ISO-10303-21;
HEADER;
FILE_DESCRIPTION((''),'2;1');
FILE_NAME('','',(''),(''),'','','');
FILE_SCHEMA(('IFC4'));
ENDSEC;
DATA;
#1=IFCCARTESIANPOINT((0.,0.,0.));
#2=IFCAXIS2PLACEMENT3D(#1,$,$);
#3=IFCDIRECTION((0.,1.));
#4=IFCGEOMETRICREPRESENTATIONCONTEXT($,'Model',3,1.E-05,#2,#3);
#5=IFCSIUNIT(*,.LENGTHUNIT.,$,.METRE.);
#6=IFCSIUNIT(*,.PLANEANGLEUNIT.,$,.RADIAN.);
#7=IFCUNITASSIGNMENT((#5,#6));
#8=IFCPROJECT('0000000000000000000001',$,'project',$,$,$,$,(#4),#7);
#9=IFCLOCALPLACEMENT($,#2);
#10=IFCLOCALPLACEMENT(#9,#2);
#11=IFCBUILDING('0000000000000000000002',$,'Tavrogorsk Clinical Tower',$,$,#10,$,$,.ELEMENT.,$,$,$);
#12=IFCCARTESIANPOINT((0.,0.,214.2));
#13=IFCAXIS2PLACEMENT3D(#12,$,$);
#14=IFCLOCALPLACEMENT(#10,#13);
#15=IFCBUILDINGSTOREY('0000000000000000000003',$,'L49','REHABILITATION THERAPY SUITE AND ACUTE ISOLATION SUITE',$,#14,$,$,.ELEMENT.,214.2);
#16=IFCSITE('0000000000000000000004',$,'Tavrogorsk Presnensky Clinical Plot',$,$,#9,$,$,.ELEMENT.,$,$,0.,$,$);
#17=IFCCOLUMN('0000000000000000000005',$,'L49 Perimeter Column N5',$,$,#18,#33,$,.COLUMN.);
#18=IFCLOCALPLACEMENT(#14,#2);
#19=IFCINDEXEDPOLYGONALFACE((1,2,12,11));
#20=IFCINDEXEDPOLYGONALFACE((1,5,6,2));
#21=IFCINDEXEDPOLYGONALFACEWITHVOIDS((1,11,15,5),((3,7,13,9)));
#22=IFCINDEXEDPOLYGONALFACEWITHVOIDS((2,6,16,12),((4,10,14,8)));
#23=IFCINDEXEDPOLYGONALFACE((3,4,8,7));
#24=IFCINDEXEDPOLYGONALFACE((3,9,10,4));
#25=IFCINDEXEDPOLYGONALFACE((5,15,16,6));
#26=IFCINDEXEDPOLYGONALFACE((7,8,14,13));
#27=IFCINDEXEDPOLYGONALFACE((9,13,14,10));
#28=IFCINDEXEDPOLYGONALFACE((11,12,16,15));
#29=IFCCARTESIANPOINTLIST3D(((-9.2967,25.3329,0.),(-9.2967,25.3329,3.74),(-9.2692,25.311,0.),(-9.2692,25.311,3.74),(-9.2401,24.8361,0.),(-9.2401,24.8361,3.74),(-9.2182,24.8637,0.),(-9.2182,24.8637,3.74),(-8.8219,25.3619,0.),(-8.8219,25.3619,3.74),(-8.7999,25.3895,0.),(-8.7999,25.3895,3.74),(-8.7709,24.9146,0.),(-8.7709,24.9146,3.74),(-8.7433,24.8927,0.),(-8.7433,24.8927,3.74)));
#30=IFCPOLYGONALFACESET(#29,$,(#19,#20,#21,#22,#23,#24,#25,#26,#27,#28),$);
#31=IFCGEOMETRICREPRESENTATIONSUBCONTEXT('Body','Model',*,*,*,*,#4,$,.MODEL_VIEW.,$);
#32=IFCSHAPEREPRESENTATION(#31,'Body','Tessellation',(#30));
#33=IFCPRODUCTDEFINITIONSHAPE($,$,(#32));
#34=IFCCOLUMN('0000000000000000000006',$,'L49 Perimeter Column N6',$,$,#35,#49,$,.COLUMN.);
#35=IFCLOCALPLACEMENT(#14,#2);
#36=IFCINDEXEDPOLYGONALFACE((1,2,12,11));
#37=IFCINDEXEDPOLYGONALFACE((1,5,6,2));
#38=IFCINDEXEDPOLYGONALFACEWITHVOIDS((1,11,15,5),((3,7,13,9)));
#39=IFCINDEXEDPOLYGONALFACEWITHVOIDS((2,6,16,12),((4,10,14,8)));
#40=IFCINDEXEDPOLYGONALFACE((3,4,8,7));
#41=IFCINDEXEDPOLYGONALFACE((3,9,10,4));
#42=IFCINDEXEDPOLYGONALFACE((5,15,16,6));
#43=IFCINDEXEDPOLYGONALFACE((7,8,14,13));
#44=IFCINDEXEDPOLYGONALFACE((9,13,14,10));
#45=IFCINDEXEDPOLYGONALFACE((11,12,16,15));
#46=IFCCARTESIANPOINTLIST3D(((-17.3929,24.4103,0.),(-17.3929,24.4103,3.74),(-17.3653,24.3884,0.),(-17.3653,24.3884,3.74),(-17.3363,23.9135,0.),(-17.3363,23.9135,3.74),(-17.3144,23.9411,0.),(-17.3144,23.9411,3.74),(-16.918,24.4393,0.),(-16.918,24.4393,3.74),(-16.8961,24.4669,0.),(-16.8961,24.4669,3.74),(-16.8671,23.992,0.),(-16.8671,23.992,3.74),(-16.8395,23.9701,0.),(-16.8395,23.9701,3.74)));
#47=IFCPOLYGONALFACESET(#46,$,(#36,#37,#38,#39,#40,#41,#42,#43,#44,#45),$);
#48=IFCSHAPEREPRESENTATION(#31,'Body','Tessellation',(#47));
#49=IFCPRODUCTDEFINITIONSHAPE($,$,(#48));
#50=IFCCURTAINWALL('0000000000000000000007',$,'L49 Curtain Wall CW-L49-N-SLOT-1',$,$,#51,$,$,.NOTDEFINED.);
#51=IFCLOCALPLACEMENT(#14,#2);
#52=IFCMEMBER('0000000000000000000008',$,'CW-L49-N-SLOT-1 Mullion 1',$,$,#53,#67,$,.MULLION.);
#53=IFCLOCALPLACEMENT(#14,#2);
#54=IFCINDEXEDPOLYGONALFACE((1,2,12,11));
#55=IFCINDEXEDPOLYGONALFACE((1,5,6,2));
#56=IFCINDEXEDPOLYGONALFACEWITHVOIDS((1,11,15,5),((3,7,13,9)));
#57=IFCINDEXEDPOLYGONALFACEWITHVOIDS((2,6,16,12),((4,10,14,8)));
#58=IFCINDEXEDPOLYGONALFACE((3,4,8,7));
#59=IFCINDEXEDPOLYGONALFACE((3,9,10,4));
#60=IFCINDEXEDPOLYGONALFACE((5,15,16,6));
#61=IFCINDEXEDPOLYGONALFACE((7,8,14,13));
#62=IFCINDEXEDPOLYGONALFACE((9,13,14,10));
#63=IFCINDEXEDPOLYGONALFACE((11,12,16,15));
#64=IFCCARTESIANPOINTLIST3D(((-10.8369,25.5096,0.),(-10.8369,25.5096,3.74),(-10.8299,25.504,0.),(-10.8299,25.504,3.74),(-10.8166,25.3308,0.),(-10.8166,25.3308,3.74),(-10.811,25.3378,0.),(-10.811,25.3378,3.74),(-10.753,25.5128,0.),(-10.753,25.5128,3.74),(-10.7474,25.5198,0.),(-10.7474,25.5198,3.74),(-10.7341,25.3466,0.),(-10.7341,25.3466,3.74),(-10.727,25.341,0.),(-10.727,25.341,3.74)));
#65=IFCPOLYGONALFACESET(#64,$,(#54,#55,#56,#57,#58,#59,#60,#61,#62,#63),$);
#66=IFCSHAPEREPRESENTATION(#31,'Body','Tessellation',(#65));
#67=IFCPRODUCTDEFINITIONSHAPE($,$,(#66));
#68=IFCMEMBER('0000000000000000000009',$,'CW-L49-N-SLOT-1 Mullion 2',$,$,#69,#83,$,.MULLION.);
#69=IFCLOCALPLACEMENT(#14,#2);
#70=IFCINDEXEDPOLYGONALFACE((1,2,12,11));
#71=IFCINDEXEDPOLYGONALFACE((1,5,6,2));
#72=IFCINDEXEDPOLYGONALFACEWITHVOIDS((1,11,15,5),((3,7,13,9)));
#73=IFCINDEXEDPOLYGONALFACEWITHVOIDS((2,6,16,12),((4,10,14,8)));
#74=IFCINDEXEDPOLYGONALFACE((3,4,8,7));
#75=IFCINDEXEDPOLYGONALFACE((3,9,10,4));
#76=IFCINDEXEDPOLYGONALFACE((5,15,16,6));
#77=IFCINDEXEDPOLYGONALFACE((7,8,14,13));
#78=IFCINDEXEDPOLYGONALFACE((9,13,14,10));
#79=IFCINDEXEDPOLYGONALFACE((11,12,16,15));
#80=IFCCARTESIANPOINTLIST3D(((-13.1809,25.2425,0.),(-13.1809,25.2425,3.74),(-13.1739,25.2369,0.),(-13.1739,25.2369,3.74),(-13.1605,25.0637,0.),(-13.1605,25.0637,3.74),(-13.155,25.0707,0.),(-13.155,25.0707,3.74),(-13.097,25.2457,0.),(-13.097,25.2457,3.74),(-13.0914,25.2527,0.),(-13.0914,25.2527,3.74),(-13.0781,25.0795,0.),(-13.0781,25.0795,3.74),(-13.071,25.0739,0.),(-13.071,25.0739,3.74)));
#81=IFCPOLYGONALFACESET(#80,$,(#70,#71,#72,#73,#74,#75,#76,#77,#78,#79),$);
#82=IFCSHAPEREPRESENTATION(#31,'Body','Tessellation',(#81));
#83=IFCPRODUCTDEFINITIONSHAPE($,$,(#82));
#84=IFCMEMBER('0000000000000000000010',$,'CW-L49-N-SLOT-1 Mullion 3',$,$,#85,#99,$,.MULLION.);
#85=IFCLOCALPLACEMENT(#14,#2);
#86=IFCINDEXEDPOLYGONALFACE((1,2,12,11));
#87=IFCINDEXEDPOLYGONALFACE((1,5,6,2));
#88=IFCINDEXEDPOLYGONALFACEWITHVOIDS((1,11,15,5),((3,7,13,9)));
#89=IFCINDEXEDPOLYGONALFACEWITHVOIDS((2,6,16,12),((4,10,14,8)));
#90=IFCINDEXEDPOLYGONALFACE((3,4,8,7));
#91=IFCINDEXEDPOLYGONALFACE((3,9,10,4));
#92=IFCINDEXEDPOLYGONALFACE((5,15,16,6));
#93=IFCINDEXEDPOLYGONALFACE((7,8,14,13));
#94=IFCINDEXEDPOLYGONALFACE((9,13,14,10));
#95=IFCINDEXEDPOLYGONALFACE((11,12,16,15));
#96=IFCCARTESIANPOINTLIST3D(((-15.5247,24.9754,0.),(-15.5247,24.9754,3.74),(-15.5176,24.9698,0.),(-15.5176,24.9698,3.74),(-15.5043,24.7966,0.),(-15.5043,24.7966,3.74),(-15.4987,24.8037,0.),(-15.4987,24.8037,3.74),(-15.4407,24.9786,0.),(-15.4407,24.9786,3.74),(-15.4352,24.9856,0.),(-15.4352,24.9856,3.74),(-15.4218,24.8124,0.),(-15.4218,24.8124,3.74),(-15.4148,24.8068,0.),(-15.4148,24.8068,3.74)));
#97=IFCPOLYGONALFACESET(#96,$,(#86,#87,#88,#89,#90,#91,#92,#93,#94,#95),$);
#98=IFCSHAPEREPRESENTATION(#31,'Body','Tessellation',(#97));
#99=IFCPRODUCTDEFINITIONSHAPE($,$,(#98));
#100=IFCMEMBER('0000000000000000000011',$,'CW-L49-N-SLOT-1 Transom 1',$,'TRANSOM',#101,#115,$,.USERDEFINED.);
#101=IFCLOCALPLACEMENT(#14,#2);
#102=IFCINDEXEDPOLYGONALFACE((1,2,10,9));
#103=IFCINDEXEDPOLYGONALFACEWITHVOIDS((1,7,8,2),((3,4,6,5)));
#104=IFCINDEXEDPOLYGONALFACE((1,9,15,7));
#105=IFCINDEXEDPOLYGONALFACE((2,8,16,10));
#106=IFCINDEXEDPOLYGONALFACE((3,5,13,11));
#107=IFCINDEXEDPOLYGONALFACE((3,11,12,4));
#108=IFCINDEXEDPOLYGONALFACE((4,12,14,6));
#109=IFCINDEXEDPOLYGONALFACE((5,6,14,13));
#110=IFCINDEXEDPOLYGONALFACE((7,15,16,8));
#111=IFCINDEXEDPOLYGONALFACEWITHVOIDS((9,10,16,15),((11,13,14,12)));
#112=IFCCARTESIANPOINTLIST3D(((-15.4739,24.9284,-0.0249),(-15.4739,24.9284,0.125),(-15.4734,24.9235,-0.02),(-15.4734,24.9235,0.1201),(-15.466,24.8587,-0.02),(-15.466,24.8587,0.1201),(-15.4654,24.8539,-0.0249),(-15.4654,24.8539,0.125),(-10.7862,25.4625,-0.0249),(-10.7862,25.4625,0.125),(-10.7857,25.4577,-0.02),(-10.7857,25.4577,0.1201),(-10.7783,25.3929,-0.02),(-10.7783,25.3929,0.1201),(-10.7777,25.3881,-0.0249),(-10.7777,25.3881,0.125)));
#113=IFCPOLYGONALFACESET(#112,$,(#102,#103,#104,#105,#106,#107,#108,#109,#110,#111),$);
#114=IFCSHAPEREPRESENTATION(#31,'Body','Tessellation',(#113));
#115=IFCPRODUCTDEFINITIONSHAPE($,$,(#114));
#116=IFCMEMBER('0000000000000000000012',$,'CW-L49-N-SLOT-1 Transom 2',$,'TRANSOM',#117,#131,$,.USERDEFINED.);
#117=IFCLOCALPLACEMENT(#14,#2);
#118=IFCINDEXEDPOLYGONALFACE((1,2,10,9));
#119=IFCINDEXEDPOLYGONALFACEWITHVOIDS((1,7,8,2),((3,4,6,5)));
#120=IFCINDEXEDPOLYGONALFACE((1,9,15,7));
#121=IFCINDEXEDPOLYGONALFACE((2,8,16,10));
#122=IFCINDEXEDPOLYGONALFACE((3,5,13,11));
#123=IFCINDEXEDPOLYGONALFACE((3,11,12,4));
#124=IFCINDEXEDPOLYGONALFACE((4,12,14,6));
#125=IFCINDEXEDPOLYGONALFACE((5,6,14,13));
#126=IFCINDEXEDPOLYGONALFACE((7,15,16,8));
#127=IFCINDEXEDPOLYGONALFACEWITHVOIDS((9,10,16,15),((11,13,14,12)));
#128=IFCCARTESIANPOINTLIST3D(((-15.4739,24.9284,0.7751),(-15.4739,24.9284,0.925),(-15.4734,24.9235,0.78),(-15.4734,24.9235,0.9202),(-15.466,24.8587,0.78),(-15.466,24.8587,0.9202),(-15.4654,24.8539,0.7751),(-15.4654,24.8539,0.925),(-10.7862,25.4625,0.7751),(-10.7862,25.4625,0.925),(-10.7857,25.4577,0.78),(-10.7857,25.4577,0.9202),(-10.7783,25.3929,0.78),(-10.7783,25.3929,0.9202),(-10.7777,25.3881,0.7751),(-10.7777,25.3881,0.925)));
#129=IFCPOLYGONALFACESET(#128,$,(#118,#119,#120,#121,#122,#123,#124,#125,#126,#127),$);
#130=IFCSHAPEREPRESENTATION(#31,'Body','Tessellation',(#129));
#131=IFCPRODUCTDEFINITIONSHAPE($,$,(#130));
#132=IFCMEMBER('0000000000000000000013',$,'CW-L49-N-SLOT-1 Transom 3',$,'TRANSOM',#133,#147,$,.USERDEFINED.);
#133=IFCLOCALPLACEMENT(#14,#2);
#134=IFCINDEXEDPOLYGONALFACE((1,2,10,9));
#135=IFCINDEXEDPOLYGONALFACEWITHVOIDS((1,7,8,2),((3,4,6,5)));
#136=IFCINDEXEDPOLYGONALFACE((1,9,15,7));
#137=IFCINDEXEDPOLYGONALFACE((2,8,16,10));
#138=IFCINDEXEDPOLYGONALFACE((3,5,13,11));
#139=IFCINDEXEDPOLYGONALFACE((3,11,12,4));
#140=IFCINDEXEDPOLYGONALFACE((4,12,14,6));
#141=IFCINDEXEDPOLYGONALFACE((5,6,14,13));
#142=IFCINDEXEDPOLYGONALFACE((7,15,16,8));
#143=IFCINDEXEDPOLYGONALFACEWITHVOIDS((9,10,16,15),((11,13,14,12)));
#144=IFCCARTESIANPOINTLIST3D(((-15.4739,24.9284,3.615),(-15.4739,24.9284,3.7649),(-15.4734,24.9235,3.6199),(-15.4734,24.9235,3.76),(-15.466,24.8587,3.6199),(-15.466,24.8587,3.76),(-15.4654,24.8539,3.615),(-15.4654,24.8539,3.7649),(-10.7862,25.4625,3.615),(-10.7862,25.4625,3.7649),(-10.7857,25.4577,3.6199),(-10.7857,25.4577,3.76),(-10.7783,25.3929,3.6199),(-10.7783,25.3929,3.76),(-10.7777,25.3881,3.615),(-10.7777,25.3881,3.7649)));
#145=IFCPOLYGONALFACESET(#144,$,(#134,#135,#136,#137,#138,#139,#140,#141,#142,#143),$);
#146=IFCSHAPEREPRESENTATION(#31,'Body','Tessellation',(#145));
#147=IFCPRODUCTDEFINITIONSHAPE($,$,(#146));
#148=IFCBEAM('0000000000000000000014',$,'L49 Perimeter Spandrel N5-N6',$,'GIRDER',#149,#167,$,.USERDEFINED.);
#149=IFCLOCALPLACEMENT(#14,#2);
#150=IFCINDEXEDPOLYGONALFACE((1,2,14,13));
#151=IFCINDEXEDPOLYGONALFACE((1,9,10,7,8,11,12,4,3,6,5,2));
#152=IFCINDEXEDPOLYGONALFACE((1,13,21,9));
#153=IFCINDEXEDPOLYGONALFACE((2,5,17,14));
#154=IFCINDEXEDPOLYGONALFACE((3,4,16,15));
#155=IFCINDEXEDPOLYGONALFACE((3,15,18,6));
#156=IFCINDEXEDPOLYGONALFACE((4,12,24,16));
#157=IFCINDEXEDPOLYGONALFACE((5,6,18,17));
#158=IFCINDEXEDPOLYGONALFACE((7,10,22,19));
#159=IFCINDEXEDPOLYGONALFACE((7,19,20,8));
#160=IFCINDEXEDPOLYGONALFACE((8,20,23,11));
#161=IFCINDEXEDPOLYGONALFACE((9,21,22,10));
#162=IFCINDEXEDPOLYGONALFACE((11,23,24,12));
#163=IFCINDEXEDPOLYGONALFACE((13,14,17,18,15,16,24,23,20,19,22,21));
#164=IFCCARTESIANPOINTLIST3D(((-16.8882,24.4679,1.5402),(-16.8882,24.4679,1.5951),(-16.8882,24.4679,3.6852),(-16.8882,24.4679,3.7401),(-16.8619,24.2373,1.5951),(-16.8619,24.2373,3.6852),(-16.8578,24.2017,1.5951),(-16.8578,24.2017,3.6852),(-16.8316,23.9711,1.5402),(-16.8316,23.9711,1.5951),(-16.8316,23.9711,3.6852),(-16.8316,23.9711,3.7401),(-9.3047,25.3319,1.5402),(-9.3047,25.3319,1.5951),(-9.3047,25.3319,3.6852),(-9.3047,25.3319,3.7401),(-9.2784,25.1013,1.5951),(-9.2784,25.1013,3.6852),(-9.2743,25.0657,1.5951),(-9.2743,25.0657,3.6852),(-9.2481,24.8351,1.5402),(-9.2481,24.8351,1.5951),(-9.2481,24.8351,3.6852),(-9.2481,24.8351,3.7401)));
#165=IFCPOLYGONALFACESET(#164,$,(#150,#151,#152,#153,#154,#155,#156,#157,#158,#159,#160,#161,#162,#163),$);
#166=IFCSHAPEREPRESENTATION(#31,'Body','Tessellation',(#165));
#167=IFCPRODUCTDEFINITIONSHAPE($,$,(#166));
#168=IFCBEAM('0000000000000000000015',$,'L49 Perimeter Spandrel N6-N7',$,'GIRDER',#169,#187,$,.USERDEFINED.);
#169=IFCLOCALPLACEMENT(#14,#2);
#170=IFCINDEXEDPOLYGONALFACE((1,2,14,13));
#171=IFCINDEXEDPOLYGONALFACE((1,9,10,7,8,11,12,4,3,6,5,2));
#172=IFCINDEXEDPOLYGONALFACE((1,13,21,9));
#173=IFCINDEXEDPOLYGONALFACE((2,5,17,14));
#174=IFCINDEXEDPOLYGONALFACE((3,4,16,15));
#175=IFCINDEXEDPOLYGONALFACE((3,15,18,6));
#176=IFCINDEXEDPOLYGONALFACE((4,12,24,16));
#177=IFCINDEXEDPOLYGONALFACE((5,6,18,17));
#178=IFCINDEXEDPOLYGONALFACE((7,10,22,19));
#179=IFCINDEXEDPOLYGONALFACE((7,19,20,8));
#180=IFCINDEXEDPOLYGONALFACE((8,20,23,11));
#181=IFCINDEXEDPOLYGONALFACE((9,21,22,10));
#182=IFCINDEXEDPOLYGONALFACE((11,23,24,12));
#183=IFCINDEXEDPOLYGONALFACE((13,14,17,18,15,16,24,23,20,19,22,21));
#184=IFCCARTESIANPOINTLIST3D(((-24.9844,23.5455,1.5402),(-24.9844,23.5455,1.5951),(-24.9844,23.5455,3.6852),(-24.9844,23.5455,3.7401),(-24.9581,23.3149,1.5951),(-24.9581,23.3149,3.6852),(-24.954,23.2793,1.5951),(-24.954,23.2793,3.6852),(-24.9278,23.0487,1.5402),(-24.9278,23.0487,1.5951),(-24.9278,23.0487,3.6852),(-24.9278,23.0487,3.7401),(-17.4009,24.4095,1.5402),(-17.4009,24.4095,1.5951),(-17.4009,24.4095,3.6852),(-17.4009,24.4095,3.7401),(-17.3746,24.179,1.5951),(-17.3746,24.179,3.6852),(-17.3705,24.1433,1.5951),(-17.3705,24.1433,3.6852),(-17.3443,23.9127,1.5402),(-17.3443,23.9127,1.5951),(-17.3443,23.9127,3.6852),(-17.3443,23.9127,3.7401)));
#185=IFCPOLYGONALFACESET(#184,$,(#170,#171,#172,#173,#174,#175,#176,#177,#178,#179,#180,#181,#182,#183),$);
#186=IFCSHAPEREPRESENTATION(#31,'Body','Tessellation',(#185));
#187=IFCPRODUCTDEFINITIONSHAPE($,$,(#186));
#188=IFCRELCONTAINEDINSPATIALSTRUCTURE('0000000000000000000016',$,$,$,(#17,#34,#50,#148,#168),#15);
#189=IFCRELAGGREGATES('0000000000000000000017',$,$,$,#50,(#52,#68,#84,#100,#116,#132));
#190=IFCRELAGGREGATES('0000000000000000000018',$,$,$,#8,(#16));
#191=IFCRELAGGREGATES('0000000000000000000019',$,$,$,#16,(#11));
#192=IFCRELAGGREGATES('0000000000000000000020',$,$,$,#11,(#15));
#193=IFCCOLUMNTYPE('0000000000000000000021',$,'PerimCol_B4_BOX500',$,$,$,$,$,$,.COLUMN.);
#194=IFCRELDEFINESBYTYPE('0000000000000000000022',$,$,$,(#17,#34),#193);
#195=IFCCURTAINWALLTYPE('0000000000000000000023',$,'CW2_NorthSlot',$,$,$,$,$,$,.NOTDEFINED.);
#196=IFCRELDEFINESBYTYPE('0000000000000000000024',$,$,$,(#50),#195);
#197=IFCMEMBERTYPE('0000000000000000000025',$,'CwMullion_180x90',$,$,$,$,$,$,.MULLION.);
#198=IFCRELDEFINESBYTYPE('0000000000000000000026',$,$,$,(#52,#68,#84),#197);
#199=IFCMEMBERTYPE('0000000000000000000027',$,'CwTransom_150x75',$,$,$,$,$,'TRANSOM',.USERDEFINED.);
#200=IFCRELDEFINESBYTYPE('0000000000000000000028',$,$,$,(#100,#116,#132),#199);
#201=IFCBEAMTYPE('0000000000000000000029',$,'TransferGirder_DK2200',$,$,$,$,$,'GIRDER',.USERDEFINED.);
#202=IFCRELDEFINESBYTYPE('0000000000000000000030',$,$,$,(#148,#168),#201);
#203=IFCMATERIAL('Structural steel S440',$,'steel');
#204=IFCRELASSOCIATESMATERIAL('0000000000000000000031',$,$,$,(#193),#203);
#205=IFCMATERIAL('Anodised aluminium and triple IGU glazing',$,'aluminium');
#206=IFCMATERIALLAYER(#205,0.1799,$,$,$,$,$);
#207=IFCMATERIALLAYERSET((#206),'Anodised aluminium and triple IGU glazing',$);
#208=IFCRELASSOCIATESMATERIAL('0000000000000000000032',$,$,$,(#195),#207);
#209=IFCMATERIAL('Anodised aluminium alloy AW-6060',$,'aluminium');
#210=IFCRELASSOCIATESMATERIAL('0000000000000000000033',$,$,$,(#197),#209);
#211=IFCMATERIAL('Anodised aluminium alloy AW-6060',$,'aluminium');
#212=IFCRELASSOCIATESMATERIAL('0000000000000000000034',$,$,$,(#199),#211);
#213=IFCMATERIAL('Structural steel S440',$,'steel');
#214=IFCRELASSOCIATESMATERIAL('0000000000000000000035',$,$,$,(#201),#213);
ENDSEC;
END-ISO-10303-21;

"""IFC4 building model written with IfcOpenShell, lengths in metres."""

from ifc_helpers import new_model, si_unit, direction, frame, origin, origin_2d, place, context, subcontext, project, spatial, hollow_rectangle, i_section, extrude, material, layer, layer_set, material_profile, profile_set, type_object, element, aggregate, save


model = new_model("IFC4")

# Units and contexts
model_context = context("Model", 3, precision=1e-05, world=origin(), true_north=direction((0.0, 1.0)))
body_context = subcontext(model_context, "Body", "Model", "MODEL_VIEW")
ifc_project = project(units=[si_unit("LENGTHUNIT", "METRE"), si_unit("PLANEANGLEUNIT", "RADIAN")], contexts=[model_context])

# Site, building, storey
site_placement = place(None, origin())
site = spatial("IfcSite", under=ifc_project, at=site_placement, Name="Tavrogorsk Presnensky Clinical Plot", CompositionType="ELEMENT", RefElevation=0.0)
building_placement = place(site_placement, origin())
building = spatial("IfcBuilding", under=site, at=building_placement, Name="Tavrogorsk Clinical Tower", CompositionType="ELEMENT")
storey_placement = place(building_placement, frame((0.0, 0.0, 214.2)))
storey = spatial("IfcBuildingStorey", under=building, at=storey_placement, Name="L49", Description="REHABILITATION THERAPY SUITE AND ACUTE ISOLATION SUITE", CompositionType="ELEMENT", Elevation=214.2)

# Columns
ifc_material_1 = material(Name="Structural steel S440", Category="steel")
ifc_material_profile_1 = material_profile(ifc_material_1, hollow_rectangle(XDim=0.5, YDim=0.5, WallThickness=0.0249, at=origin_2d()), Name="BOX-500x500x25")
ifc_profile_set_1 = profile_set([ifc_material_profile_1], Name="Structural steel S440")
column_type = type_object("IfcColumnType", Name="PerimCol_B4_BOX500", PredefinedType="COLUMN", material=ifc_profile_set_1)
for number, where, z_axis, x_axis, name in (
    (1, (-9.02, 25.1128, 0.0), (0.0, 0.0, 1.0), (0.993572, 0.113203, 0.0), "L49 Perimeter Column N5"),
    (2, (-17.1162, 24.1902, 0.0), (0.0, 0.0, 1.0), (0.993572, 0.113203, 0.0), "L49 Perimeter Column N6"),
):
    element("IfcColumn", number, at=place(storey_placement, frame(where, z_axis=z_axis, x_axis=x_axis)), inside=storey, type_object=column_type, Name=name, PredefinedType="COLUMN", context=body_context, shape_type="SweptSolid", body=[
        extrude(hollow_rectangle(XDim=0.5, YDim=0.5, WallThickness=0.0249, at=origin_2d()), origin(), (0.0, 0.0, 1.0), 3.74),
    ])

# Curtain wall, members
ifc_material_2 = material(Name="Anodised aluminium and triple IGU glazing", Category="aluminium")
ifc_layer_1 = layer(ifc_material_2, 0.1799)
ifc_layer_set_1 = layer_set([ifc_layer_1], Name="Anodised aluminium and triple IGU glazing")
curtain_wall_type = type_object("IfcCurtainWallType", Name="CW2_NorthSlot", PredefinedType="NOTDEFINED", material=ifc_layer_set_1)
curtain_wall_placement = place(storey_placement, origin())
curtain_wall = element("IfcCurtainWall", 3, at=curtain_wall_placement, inside=storey, type_object=curtain_wall_type, Name="L49 Curtain Wall CW-L49-N-SLOT-1", PredefinedType="NOTDEFINED")
ifc_material_3 = material(Name="Anodised aluminium alloy AW-6060", Category="aluminium")
ifc_material_profile_2 = material_profile(ifc_material_3, hollow_rectangle(XDim=0.0901, YDim=0.1799, WallThickness=0.0063, at=origin_2d()), Name="RHS-180x90x6.3")
ifc_profile_set_2 = profile_set([ifc_material_profile_2], Name="Anodised aluminium alloy AW-6060")
member_type_1 = type_object("IfcMemberType", Name="CwMullion_180x90", PredefinedType="MULLION", material=ifc_profile_set_2)
member_1_placement = place(storey_placement, frame((-10.782, 25.4253, 0.0), z_axis=(0.0, 0.0, 1.0), x_axis=(-0.993572, -0.113203, 0.0)))
member_1 = element("IfcMember", 4, at=member_1_placement, type_object=member_type_1, Name="CW-L49-N-SLOT-1 Mullion 1", PredefinedType="MULLION", context=body_context, shape_type="SweptSolid", body=[
    extrude(hollow_rectangle(XDim=0.0901, YDim=0.1799, WallThickness=0.0063, at=origin_2d()), origin(), (0.0, 0.0, 1.0), 3.74),
])
member_2_placement = place(storey_placement, frame((-13.126, 25.1582, 0.0), z_axis=(0.0, 0.0, 1.0), x_axis=(-0.993572, -0.113203, 0.0)))
member_2 = element("IfcMember", 5, at=member_2_placement, type_object=member_type_1, Name="CW-L49-N-SLOT-1 Mullion 2", PredefinedType="MULLION", context=body_context, shape_type="SweptSolid", body=[
    extrude(hollow_rectangle(XDim=0.0901, YDim=0.1799, WallThickness=0.0063, at=origin_2d()), origin(), (0.0, 0.0, 1.0), 3.74),
])
member_3_placement = place(storey_placement, frame((-15.4697, 24.8911, 0.0), z_axis=(0.0, 0.0, 1.0), x_axis=(-0.993572, -0.113203, 0.0)))
member_3 = element("IfcMember", 6, at=member_3_placement, type_object=member_type_1, Name="CW-L49-N-SLOT-1 Mullion 3", PredefinedType="MULLION", context=body_context, shape_type="SweptSolid", body=[
    extrude(hollow_rectangle(XDim=0.0901, YDim=0.1799, WallThickness=0.0063, at=origin_2d()), origin(), (0.0, 0.0, 1.0), 3.74),
])
ifc_material_4 = material(Name="Anodised aluminium alloy AW-6060", Category="aluminium")
ifc_material_profile_3 = material_profile(ifc_material_4, hollow_rectangle(XDim=0.075, YDim=0.1499, WallThickness=0.0049, at=origin_2d()), Name="RHS-150x75x5")
ifc_profile_set_3 = profile_set([ifc_material_profile_3], Name="Anodised aluminium alloy AW-6060")
member_type_2 = type_object("IfcMemberType", Name="CwTransom_150x75", ElementType="TRANSOM", PredefinedType="USERDEFINED", material=ifc_profile_set_3)
member_4_placement = place(storey_placement, frame((-10.782, 25.4253, 0.05), z_axis=(-0.99357, -0.11322, 0.0), x_axis=(0.11322, -0.99357, 0.0)))
member_4 = element("IfcMember", 7, at=member_4_placement, type_object=member_type_2, Name="CW-L49-N-SLOT-1 Transom 1", ObjectType="TRANSOM", PredefinedType="USERDEFINED", context=body_context, shape_type="SweptSolid", body=[
    extrude(hollow_rectangle(XDim=0.075, YDim=0.1499, WallThickness=0.0049, at=origin_2d()), origin(), (0.0, 0.0, 1.0), 4.718),
])
member_5_placement = place(storey_placement, frame((-10.782, 25.4253, 0.8501), z_axis=(-0.99357, -0.11322, 0.0), x_axis=(0.11322, -0.99357, 0.0)))
member_5 = element("IfcMember", 8, at=member_5_placement, type_object=member_type_2, Name="CW-L49-N-SLOT-1 Transom 2", ObjectType="TRANSOM", PredefinedType="USERDEFINED", context=body_context, shape_type="SweptSolid", body=[
    extrude(hollow_rectangle(XDim=0.075, YDim=0.1499, WallThickness=0.0049, at=origin_2d()), origin(), (0.0, 0.0, 1.0), 4.718),
])
member_6_placement = place(storey_placement, frame((-10.782, 25.4253, 3.6899), z_axis=(-0.99357, -0.11322, 0.0), x_axis=(0.11322, -0.99357, 0.0)))
member_6 = element("IfcMember", 9, at=member_6_placement, type_object=member_type_2, Name="CW-L49-N-SLOT-1 Transom 3", ObjectType="TRANSOM", PredefinedType="USERDEFINED", context=body_context, shape_type="SweptSolid", body=[
    extrude(hollow_rectangle(XDim=0.075, YDim=0.1499, WallThickness=0.0049, at=origin_2d()), origin(), (0.0, 0.0, 1.0), 4.718),
])

# Beams
ifc_material_5 = material(Name="Structural steel S440", Category="steel")
ifc_material_profile_4 = material_profile(ifc_material_5, i_section(OverallWidth=0.5, OverallDepth=2.2, WebThickness=0.0359, FlangeThickness=0.0549, at=origin_2d()), Name="DK-2200x500x36x55")
ifc_profile_set_4 = profile_set([ifc_material_profile_4], Name="Structural steel S440")
beam_type = type_object("IfcBeamType", Name="TransferGirder_DK2200", ElementType="GIRDER", PredefinedType="USERDEFINED", material=ifc_profile_set_4)
for number, where, z_axis, x_axis, name in (
    (10, (-9.2764, 25.0835, 2.6401), (-0.993572, -0.113201, 0.0), (0.113201, -0.993572, 0.0), "L49 Perimeter Spandrel N5-N6"),
    (11, (-17.3726, 24.1611, 2.6401), (-0.993572, -0.113201, 0.0), (0.113201, -0.993572, 0.0), "L49 Perimeter Spandrel N6-N7"),
):
    element("IfcBeam", number, at=place(storey_placement, frame(where, z_axis=z_axis, x_axis=x_axis)), inside=storey, type_object=beam_type, Name=name, ObjectType="GIRDER", PredefinedType="USERDEFINED", context=body_context, shape_type="SweptSolid", body=[
        extrude(i_section(OverallWidth=0.5, OverallDepth=2.2, WebThickness=0.0359, FlangeThickness=0.0549, at=origin_2d()), origin(), (0.0, 0.0, 1.0), 7.6326),
    ])

aggregate(curtain_wall, [member_1, member_2, member_3, member_4, member_5, member_6])

save(model, "model.ifc")
